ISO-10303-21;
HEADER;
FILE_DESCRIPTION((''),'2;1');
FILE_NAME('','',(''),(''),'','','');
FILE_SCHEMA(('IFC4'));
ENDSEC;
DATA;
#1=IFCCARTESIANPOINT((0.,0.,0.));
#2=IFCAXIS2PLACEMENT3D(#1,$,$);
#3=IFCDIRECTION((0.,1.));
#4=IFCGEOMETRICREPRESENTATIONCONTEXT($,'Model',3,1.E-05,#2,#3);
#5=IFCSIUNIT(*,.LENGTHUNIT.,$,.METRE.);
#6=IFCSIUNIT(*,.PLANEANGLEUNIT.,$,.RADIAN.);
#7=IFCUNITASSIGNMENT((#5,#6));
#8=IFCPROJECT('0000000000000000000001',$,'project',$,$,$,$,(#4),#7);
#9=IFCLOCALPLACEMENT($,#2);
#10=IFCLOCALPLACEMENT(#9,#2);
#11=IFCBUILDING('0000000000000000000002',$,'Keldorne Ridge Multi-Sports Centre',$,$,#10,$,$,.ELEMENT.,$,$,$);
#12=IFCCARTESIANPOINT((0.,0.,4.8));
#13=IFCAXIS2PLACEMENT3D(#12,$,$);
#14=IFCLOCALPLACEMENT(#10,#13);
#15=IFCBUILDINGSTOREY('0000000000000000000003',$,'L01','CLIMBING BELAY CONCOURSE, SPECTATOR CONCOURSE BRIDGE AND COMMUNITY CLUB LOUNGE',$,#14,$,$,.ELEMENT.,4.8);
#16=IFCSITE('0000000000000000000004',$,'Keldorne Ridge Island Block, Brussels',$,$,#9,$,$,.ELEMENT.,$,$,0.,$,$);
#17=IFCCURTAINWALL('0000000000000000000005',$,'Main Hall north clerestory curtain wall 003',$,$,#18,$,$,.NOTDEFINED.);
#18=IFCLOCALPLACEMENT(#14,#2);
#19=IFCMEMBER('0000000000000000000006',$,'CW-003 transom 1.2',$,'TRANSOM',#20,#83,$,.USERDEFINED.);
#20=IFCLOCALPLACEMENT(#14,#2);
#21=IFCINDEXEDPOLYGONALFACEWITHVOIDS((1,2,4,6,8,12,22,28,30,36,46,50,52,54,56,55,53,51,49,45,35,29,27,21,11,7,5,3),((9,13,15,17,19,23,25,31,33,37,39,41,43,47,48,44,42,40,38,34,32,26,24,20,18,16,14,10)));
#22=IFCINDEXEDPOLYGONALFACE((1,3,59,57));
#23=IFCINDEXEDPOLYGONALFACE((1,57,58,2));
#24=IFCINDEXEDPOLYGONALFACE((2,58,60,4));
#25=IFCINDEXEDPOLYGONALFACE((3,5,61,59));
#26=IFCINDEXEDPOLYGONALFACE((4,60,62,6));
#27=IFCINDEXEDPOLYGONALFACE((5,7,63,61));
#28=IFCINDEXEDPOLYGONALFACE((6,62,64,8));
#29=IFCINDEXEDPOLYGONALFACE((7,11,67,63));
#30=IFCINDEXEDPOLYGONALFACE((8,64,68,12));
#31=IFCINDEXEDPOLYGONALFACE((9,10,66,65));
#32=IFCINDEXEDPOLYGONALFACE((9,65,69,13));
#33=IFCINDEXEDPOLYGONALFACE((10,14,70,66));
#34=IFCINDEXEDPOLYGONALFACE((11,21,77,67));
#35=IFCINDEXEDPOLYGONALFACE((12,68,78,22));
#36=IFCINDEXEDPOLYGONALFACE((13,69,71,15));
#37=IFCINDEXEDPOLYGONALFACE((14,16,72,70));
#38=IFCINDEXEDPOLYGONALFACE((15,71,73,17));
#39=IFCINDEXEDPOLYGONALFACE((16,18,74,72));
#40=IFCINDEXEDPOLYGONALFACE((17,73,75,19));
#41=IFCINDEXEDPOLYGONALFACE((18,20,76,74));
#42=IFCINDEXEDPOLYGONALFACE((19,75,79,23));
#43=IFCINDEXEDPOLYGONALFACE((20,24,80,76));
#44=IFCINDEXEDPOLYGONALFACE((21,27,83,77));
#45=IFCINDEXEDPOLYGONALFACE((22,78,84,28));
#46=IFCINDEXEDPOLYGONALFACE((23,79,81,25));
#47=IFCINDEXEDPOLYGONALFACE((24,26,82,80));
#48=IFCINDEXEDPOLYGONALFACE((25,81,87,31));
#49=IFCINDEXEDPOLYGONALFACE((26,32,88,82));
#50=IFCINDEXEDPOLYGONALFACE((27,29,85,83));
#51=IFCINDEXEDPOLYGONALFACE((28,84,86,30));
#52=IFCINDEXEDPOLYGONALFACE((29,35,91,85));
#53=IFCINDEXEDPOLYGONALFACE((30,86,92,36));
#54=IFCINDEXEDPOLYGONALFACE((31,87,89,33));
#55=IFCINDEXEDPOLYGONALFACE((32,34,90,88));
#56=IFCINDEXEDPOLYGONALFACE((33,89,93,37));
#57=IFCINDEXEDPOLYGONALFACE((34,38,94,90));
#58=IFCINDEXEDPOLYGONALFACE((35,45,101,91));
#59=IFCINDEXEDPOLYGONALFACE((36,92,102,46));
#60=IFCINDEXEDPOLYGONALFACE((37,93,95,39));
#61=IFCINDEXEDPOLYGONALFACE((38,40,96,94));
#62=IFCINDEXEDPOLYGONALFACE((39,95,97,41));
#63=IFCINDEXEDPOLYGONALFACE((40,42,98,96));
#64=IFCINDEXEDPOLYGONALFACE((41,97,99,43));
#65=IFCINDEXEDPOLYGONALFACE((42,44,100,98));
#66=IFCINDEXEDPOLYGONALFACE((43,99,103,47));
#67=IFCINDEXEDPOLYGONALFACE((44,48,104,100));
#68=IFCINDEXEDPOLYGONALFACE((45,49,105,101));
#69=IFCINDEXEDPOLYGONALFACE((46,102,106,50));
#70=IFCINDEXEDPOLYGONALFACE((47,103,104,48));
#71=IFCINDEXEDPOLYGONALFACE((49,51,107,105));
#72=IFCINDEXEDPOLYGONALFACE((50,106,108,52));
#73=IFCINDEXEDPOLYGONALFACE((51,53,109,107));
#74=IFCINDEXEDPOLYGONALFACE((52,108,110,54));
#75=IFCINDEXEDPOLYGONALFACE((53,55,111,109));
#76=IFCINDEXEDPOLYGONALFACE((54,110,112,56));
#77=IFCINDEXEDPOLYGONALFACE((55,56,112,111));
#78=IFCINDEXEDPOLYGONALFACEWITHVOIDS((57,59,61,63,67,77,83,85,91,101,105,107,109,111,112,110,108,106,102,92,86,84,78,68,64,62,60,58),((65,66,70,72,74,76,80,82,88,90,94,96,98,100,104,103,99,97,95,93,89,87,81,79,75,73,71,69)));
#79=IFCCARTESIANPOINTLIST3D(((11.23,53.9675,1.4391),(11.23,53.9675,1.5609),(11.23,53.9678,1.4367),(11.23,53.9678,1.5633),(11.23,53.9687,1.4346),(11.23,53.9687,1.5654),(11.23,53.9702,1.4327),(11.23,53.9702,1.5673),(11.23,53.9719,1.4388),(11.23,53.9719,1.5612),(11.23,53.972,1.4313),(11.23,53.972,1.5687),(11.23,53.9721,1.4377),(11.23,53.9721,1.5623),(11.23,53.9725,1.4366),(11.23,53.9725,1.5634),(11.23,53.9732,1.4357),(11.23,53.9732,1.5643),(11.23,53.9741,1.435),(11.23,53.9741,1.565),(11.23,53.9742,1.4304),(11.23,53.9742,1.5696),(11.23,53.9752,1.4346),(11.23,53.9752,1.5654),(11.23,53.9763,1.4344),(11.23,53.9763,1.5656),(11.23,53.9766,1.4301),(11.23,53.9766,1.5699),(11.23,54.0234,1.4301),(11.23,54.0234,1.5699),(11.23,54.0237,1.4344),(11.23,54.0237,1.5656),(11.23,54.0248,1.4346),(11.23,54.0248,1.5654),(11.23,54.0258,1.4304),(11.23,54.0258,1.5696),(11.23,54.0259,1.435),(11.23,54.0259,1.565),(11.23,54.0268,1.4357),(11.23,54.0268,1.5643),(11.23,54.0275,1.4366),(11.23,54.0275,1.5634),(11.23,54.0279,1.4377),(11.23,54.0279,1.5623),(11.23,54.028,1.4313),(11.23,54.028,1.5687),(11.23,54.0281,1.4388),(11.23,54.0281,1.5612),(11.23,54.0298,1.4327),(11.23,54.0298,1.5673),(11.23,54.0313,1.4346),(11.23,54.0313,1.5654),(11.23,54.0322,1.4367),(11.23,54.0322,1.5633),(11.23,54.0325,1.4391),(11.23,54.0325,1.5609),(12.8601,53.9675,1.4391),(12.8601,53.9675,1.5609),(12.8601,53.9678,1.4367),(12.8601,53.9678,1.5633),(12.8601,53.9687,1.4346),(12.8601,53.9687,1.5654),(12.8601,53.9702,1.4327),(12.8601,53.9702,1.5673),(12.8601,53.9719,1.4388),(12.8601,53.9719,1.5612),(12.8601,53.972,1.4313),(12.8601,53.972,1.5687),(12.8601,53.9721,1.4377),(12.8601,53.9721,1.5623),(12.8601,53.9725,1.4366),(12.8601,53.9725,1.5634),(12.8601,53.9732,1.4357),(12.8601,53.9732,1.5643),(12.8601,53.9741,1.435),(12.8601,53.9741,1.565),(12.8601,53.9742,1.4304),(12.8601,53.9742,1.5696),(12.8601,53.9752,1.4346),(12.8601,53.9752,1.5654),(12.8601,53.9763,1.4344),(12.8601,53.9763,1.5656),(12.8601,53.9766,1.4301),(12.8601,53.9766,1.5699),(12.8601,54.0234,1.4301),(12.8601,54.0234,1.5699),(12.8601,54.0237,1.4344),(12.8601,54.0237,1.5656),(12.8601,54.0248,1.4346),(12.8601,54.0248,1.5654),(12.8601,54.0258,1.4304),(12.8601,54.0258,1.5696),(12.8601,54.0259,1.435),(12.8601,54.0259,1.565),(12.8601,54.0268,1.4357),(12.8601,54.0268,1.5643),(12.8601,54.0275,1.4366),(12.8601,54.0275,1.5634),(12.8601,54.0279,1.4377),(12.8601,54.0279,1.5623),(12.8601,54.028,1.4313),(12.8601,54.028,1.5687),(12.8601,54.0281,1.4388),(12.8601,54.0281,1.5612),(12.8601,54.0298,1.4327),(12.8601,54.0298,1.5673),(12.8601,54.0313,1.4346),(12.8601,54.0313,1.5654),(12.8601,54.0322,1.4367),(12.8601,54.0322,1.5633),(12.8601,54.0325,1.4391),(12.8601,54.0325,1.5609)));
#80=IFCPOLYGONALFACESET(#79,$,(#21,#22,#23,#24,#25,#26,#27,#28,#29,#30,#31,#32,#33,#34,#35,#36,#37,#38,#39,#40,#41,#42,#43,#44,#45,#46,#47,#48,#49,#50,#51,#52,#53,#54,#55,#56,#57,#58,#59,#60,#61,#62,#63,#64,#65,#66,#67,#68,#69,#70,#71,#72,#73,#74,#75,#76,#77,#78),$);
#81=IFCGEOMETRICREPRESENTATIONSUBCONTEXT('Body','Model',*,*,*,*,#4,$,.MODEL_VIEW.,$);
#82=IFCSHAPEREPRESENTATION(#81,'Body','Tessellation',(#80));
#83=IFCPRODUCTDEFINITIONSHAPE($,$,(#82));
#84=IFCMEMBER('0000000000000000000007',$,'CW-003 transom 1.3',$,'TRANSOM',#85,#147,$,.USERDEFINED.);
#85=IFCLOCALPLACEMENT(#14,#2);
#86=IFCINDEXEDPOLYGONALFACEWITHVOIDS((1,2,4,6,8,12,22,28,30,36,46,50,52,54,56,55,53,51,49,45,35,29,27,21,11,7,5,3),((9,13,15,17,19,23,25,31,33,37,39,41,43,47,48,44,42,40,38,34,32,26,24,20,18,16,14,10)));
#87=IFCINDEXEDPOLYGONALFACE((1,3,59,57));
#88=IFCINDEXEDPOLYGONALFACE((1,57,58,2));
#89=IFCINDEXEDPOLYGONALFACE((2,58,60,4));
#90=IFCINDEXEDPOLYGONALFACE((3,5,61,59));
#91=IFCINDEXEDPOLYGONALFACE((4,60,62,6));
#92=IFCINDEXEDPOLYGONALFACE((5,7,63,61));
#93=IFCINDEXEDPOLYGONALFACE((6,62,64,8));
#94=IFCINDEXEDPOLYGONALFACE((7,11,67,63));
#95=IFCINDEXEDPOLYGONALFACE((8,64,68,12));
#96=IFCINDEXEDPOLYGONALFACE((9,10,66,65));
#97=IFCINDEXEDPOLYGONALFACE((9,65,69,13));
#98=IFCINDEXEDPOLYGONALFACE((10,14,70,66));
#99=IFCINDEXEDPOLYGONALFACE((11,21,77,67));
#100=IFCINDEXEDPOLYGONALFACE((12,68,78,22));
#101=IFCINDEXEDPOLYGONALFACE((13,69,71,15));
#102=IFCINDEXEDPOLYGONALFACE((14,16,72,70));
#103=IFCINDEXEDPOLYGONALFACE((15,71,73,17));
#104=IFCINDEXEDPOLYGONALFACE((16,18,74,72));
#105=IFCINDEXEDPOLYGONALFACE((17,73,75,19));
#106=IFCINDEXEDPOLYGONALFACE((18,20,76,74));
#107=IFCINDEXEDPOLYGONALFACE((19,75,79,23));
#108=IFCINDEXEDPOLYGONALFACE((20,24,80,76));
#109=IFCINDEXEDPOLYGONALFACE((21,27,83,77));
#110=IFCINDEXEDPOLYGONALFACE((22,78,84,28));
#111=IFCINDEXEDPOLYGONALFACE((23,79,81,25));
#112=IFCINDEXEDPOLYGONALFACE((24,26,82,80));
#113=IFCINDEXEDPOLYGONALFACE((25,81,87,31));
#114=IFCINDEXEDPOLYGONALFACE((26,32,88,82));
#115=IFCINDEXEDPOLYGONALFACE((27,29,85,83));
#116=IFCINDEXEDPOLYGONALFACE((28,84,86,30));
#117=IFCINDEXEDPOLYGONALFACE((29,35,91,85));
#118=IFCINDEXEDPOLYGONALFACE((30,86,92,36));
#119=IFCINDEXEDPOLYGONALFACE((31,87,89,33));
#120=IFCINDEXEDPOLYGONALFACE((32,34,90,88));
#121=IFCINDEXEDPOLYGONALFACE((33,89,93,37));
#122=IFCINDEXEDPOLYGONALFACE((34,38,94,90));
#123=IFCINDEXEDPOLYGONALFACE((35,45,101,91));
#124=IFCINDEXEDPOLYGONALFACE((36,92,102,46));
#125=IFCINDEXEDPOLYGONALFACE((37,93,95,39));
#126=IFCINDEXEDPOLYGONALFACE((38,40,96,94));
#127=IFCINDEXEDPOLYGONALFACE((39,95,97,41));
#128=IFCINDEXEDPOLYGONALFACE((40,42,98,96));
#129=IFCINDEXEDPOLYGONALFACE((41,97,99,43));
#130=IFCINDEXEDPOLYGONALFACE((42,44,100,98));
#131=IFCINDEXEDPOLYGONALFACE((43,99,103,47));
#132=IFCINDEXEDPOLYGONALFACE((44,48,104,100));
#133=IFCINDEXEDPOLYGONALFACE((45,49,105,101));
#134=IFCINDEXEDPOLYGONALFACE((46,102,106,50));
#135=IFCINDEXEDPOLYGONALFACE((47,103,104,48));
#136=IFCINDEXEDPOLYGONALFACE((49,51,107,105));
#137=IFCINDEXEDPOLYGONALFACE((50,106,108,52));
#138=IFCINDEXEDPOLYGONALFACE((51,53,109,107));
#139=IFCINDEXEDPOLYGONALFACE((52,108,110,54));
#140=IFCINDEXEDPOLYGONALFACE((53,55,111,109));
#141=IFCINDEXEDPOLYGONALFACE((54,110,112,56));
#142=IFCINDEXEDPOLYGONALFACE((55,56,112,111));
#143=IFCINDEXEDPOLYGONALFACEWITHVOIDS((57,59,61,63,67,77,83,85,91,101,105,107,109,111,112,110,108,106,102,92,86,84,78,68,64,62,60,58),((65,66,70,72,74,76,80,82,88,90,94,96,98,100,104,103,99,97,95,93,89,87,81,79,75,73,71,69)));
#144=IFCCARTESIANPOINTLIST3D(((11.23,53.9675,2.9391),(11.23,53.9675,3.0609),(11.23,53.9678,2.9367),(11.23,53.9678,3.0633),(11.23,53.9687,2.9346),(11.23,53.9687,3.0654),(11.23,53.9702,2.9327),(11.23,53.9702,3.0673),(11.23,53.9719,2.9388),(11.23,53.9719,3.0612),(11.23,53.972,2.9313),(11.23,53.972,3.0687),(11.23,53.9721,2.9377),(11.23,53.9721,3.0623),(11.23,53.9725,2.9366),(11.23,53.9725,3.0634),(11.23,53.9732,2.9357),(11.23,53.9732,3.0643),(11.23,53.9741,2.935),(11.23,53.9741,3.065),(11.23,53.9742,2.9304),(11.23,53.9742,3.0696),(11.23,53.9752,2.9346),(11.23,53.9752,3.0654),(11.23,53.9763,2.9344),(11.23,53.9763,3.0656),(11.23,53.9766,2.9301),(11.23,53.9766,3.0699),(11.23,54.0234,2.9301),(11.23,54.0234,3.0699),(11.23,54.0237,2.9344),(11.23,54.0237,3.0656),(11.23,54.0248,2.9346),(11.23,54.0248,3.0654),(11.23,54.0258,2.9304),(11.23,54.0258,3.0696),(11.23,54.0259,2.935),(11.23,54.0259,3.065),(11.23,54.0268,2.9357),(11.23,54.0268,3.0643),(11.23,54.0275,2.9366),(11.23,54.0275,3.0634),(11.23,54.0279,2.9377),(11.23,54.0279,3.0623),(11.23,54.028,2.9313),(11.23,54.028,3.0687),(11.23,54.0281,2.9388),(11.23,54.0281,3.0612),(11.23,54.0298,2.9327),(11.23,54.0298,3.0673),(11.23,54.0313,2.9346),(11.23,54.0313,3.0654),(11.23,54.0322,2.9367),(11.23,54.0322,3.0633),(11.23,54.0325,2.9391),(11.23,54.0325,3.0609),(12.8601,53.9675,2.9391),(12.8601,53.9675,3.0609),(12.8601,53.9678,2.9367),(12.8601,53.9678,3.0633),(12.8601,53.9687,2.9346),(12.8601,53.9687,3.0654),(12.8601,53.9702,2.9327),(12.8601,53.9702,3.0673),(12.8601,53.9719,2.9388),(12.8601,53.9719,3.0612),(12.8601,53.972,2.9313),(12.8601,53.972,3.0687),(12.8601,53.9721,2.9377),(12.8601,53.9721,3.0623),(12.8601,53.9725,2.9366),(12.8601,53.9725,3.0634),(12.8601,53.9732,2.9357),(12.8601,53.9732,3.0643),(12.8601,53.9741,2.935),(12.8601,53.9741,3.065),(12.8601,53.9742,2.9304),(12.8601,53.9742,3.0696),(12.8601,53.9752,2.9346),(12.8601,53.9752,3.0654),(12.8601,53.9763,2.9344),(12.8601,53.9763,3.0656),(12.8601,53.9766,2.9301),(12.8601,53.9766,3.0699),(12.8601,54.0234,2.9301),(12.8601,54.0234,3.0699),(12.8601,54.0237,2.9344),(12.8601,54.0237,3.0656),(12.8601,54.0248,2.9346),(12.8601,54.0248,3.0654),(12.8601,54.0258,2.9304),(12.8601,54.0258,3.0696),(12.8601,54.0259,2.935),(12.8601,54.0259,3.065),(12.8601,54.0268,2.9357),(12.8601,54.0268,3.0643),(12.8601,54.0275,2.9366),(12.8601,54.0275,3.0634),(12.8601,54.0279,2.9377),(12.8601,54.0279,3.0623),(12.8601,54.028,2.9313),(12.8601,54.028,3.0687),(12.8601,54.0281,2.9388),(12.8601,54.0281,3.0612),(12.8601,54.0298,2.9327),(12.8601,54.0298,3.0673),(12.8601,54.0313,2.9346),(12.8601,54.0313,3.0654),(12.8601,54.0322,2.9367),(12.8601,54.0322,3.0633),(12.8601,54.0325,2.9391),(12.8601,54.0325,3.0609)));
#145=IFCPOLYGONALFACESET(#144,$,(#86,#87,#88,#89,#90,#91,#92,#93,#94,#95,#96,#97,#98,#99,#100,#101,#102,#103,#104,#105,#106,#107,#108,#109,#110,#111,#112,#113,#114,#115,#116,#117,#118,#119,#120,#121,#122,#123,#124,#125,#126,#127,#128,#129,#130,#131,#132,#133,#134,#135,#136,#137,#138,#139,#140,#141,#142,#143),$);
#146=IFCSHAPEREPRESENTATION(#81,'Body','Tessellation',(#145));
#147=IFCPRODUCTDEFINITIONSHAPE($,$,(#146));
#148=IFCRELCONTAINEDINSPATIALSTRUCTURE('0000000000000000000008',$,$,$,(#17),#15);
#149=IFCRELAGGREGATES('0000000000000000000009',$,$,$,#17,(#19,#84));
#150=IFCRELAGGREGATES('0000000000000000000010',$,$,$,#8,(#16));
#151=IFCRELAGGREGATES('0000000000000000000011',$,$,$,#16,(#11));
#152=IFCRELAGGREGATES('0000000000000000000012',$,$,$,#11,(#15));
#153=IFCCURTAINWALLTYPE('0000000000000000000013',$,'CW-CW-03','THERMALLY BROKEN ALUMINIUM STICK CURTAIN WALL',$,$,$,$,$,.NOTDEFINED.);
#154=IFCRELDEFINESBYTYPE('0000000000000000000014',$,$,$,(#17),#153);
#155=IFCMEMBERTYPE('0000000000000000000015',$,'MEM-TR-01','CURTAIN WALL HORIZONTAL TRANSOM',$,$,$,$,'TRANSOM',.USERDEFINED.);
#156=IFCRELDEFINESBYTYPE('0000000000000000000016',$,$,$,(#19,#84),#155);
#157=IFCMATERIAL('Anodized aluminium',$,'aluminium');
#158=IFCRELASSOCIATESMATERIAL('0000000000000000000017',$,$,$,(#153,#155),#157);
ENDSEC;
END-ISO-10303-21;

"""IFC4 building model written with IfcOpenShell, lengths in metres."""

from ifc_helpers import new_model, si_unit, direction, frame, origin, origin_2d, place, context, subcontext, project, spatial, hollow_rectangle, extrude, material, material_profile, profile_set, type_object, element, aggregate, save


model = new_model("IFC4")

# Units and contexts
model_context = context("Model", 3, precision=1e-05, world=origin(), true_north=direction((0.0, 1.0)))
body_context = subcontext(model_context, "Body", "Model", "MODEL_VIEW")
ifc_project = project(units=[si_unit("LENGTHUNIT", "METRE"), si_unit("PLANEANGLEUNIT", "RADIAN")], contexts=[model_context])

# Site, building, storey
site_placement = place(None, origin())
site = spatial("IfcSite", under=ifc_project, at=site_placement, Name="Keldorne Ridge Island Block, Brussels", CompositionType="ELEMENT", RefElevation=0.0)
building_placement = place(site_placement, origin())
building = spatial("IfcBuilding", under=site, at=building_placement, Name="Keldorne Ridge Multi-Sports Centre", CompositionType="ELEMENT")
storey_placement = place(building_placement, frame((0.0, 0.0, 4.8)))
storey = spatial("IfcBuildingStorey", under=building, at=storey_placement, Name="L01", Description="CLIMBING BELAY CONCOURSE, SPECTATOR CONCOURSE BRIDGE AND COMMUNITY CLUB LOUNGE", CompositionType="ELEMENT", Elevation=4.8)

# Curtain wall
ifc_material_1 = material(Name="Anodized aluminium", Category="aluminium")
curtain_wall_type_1 = type_object("IfcCurtainWallType", Name="CW-CW-03", Description="THERMALLY BROKEN ALUMINIUM STICK CURTAIN WALL", PredefinedType="NOTDEFINED", material=ifc_material_1)
curtain_wall_1_placement = place(storey_placement, origin())
curtain_wall_1 = element("IfcCurtainWall", 1, at=curtain_wall_1_placement, inside=storey, type_object=curtain_wall_type_1, Name="Main Hall north clerestory curtain wall 003", PredefinedType="NOTDEFINED")

# Members
ifc_material_profile_1 = material_profile(ifc_material_1, hollow_rectangle(XDim=0.0649, YDim=0.1399, WallThickness=0.0044, InnerFilletRadius=0.0044, OuterFilletRadius=0.009, at=origin_2d()), Name="ALU TRANSOM 140x65x4.5")
ifc_profile_set_1 = profile_set([ifc_material_profile_1], Name="Anodized aluminium")
member_type_1 = type_object("IfcMemberType", Name="MEM-TR-01", Description="CURTAIN WALL HORIZONTAL TRANSOM", ElementType="TRANSOM", PredefinedType="USERDEFINED", material=ifc_profile_set_1)
member_1_placement = place(storey_placement, frame((12.8601, 54.0, 1.5), z_axis=(-1.0, 0.0, 0.0), x_axis=(0.0, -1.0, 0.0)))
member_1 = element("IfcMember", 2, at=member_1_placement, type_object=member_type_1, Name="CW-003 transom 1.2", ObjectType="TRANSOM", PredefinedType="USERDEFINED", context=body_context, shape_type="SweptSolid", body=[
    extrude(hollow_rectangle(XDim=0.0649, YDim=0.1399, WallThickness=0.0044, InnerFilletRadius=0.0044, OuterFilletRadius=0.009, at=origin_2d()), origin(), (0.0, 0.0, 1.0), 1.6301),
])
member_2_placement = place(storey_placement, frame((12.8601, 54.0, 3.0), z_axis=(-1.0, 0.0, 0.0), x_axis=(0.0, -1.0, 0.0)))
member_2 = element("IfcMember", 3, at=member_2_placement, type_object=member_type_1, Name="CW-003 transom 1.3", ObjectType="TRANSOM", PredefinedType="USERDEFINED", context=body_context, shape_type="SweptSolid", body=[
    extrude(hollow_rectangle(XDim=0.0649, YDim=0.1399, WallThickness=0.0044, InnerFilletRadius=0.0044, OuterFilletRadius=0.009, at=origin_2d()), origin(), (0.0, 0.0, 1.0), 1.6301),
])

aggregate(curtain_wall_1, [member_1, member_2])

save(model, "model.ifc")
